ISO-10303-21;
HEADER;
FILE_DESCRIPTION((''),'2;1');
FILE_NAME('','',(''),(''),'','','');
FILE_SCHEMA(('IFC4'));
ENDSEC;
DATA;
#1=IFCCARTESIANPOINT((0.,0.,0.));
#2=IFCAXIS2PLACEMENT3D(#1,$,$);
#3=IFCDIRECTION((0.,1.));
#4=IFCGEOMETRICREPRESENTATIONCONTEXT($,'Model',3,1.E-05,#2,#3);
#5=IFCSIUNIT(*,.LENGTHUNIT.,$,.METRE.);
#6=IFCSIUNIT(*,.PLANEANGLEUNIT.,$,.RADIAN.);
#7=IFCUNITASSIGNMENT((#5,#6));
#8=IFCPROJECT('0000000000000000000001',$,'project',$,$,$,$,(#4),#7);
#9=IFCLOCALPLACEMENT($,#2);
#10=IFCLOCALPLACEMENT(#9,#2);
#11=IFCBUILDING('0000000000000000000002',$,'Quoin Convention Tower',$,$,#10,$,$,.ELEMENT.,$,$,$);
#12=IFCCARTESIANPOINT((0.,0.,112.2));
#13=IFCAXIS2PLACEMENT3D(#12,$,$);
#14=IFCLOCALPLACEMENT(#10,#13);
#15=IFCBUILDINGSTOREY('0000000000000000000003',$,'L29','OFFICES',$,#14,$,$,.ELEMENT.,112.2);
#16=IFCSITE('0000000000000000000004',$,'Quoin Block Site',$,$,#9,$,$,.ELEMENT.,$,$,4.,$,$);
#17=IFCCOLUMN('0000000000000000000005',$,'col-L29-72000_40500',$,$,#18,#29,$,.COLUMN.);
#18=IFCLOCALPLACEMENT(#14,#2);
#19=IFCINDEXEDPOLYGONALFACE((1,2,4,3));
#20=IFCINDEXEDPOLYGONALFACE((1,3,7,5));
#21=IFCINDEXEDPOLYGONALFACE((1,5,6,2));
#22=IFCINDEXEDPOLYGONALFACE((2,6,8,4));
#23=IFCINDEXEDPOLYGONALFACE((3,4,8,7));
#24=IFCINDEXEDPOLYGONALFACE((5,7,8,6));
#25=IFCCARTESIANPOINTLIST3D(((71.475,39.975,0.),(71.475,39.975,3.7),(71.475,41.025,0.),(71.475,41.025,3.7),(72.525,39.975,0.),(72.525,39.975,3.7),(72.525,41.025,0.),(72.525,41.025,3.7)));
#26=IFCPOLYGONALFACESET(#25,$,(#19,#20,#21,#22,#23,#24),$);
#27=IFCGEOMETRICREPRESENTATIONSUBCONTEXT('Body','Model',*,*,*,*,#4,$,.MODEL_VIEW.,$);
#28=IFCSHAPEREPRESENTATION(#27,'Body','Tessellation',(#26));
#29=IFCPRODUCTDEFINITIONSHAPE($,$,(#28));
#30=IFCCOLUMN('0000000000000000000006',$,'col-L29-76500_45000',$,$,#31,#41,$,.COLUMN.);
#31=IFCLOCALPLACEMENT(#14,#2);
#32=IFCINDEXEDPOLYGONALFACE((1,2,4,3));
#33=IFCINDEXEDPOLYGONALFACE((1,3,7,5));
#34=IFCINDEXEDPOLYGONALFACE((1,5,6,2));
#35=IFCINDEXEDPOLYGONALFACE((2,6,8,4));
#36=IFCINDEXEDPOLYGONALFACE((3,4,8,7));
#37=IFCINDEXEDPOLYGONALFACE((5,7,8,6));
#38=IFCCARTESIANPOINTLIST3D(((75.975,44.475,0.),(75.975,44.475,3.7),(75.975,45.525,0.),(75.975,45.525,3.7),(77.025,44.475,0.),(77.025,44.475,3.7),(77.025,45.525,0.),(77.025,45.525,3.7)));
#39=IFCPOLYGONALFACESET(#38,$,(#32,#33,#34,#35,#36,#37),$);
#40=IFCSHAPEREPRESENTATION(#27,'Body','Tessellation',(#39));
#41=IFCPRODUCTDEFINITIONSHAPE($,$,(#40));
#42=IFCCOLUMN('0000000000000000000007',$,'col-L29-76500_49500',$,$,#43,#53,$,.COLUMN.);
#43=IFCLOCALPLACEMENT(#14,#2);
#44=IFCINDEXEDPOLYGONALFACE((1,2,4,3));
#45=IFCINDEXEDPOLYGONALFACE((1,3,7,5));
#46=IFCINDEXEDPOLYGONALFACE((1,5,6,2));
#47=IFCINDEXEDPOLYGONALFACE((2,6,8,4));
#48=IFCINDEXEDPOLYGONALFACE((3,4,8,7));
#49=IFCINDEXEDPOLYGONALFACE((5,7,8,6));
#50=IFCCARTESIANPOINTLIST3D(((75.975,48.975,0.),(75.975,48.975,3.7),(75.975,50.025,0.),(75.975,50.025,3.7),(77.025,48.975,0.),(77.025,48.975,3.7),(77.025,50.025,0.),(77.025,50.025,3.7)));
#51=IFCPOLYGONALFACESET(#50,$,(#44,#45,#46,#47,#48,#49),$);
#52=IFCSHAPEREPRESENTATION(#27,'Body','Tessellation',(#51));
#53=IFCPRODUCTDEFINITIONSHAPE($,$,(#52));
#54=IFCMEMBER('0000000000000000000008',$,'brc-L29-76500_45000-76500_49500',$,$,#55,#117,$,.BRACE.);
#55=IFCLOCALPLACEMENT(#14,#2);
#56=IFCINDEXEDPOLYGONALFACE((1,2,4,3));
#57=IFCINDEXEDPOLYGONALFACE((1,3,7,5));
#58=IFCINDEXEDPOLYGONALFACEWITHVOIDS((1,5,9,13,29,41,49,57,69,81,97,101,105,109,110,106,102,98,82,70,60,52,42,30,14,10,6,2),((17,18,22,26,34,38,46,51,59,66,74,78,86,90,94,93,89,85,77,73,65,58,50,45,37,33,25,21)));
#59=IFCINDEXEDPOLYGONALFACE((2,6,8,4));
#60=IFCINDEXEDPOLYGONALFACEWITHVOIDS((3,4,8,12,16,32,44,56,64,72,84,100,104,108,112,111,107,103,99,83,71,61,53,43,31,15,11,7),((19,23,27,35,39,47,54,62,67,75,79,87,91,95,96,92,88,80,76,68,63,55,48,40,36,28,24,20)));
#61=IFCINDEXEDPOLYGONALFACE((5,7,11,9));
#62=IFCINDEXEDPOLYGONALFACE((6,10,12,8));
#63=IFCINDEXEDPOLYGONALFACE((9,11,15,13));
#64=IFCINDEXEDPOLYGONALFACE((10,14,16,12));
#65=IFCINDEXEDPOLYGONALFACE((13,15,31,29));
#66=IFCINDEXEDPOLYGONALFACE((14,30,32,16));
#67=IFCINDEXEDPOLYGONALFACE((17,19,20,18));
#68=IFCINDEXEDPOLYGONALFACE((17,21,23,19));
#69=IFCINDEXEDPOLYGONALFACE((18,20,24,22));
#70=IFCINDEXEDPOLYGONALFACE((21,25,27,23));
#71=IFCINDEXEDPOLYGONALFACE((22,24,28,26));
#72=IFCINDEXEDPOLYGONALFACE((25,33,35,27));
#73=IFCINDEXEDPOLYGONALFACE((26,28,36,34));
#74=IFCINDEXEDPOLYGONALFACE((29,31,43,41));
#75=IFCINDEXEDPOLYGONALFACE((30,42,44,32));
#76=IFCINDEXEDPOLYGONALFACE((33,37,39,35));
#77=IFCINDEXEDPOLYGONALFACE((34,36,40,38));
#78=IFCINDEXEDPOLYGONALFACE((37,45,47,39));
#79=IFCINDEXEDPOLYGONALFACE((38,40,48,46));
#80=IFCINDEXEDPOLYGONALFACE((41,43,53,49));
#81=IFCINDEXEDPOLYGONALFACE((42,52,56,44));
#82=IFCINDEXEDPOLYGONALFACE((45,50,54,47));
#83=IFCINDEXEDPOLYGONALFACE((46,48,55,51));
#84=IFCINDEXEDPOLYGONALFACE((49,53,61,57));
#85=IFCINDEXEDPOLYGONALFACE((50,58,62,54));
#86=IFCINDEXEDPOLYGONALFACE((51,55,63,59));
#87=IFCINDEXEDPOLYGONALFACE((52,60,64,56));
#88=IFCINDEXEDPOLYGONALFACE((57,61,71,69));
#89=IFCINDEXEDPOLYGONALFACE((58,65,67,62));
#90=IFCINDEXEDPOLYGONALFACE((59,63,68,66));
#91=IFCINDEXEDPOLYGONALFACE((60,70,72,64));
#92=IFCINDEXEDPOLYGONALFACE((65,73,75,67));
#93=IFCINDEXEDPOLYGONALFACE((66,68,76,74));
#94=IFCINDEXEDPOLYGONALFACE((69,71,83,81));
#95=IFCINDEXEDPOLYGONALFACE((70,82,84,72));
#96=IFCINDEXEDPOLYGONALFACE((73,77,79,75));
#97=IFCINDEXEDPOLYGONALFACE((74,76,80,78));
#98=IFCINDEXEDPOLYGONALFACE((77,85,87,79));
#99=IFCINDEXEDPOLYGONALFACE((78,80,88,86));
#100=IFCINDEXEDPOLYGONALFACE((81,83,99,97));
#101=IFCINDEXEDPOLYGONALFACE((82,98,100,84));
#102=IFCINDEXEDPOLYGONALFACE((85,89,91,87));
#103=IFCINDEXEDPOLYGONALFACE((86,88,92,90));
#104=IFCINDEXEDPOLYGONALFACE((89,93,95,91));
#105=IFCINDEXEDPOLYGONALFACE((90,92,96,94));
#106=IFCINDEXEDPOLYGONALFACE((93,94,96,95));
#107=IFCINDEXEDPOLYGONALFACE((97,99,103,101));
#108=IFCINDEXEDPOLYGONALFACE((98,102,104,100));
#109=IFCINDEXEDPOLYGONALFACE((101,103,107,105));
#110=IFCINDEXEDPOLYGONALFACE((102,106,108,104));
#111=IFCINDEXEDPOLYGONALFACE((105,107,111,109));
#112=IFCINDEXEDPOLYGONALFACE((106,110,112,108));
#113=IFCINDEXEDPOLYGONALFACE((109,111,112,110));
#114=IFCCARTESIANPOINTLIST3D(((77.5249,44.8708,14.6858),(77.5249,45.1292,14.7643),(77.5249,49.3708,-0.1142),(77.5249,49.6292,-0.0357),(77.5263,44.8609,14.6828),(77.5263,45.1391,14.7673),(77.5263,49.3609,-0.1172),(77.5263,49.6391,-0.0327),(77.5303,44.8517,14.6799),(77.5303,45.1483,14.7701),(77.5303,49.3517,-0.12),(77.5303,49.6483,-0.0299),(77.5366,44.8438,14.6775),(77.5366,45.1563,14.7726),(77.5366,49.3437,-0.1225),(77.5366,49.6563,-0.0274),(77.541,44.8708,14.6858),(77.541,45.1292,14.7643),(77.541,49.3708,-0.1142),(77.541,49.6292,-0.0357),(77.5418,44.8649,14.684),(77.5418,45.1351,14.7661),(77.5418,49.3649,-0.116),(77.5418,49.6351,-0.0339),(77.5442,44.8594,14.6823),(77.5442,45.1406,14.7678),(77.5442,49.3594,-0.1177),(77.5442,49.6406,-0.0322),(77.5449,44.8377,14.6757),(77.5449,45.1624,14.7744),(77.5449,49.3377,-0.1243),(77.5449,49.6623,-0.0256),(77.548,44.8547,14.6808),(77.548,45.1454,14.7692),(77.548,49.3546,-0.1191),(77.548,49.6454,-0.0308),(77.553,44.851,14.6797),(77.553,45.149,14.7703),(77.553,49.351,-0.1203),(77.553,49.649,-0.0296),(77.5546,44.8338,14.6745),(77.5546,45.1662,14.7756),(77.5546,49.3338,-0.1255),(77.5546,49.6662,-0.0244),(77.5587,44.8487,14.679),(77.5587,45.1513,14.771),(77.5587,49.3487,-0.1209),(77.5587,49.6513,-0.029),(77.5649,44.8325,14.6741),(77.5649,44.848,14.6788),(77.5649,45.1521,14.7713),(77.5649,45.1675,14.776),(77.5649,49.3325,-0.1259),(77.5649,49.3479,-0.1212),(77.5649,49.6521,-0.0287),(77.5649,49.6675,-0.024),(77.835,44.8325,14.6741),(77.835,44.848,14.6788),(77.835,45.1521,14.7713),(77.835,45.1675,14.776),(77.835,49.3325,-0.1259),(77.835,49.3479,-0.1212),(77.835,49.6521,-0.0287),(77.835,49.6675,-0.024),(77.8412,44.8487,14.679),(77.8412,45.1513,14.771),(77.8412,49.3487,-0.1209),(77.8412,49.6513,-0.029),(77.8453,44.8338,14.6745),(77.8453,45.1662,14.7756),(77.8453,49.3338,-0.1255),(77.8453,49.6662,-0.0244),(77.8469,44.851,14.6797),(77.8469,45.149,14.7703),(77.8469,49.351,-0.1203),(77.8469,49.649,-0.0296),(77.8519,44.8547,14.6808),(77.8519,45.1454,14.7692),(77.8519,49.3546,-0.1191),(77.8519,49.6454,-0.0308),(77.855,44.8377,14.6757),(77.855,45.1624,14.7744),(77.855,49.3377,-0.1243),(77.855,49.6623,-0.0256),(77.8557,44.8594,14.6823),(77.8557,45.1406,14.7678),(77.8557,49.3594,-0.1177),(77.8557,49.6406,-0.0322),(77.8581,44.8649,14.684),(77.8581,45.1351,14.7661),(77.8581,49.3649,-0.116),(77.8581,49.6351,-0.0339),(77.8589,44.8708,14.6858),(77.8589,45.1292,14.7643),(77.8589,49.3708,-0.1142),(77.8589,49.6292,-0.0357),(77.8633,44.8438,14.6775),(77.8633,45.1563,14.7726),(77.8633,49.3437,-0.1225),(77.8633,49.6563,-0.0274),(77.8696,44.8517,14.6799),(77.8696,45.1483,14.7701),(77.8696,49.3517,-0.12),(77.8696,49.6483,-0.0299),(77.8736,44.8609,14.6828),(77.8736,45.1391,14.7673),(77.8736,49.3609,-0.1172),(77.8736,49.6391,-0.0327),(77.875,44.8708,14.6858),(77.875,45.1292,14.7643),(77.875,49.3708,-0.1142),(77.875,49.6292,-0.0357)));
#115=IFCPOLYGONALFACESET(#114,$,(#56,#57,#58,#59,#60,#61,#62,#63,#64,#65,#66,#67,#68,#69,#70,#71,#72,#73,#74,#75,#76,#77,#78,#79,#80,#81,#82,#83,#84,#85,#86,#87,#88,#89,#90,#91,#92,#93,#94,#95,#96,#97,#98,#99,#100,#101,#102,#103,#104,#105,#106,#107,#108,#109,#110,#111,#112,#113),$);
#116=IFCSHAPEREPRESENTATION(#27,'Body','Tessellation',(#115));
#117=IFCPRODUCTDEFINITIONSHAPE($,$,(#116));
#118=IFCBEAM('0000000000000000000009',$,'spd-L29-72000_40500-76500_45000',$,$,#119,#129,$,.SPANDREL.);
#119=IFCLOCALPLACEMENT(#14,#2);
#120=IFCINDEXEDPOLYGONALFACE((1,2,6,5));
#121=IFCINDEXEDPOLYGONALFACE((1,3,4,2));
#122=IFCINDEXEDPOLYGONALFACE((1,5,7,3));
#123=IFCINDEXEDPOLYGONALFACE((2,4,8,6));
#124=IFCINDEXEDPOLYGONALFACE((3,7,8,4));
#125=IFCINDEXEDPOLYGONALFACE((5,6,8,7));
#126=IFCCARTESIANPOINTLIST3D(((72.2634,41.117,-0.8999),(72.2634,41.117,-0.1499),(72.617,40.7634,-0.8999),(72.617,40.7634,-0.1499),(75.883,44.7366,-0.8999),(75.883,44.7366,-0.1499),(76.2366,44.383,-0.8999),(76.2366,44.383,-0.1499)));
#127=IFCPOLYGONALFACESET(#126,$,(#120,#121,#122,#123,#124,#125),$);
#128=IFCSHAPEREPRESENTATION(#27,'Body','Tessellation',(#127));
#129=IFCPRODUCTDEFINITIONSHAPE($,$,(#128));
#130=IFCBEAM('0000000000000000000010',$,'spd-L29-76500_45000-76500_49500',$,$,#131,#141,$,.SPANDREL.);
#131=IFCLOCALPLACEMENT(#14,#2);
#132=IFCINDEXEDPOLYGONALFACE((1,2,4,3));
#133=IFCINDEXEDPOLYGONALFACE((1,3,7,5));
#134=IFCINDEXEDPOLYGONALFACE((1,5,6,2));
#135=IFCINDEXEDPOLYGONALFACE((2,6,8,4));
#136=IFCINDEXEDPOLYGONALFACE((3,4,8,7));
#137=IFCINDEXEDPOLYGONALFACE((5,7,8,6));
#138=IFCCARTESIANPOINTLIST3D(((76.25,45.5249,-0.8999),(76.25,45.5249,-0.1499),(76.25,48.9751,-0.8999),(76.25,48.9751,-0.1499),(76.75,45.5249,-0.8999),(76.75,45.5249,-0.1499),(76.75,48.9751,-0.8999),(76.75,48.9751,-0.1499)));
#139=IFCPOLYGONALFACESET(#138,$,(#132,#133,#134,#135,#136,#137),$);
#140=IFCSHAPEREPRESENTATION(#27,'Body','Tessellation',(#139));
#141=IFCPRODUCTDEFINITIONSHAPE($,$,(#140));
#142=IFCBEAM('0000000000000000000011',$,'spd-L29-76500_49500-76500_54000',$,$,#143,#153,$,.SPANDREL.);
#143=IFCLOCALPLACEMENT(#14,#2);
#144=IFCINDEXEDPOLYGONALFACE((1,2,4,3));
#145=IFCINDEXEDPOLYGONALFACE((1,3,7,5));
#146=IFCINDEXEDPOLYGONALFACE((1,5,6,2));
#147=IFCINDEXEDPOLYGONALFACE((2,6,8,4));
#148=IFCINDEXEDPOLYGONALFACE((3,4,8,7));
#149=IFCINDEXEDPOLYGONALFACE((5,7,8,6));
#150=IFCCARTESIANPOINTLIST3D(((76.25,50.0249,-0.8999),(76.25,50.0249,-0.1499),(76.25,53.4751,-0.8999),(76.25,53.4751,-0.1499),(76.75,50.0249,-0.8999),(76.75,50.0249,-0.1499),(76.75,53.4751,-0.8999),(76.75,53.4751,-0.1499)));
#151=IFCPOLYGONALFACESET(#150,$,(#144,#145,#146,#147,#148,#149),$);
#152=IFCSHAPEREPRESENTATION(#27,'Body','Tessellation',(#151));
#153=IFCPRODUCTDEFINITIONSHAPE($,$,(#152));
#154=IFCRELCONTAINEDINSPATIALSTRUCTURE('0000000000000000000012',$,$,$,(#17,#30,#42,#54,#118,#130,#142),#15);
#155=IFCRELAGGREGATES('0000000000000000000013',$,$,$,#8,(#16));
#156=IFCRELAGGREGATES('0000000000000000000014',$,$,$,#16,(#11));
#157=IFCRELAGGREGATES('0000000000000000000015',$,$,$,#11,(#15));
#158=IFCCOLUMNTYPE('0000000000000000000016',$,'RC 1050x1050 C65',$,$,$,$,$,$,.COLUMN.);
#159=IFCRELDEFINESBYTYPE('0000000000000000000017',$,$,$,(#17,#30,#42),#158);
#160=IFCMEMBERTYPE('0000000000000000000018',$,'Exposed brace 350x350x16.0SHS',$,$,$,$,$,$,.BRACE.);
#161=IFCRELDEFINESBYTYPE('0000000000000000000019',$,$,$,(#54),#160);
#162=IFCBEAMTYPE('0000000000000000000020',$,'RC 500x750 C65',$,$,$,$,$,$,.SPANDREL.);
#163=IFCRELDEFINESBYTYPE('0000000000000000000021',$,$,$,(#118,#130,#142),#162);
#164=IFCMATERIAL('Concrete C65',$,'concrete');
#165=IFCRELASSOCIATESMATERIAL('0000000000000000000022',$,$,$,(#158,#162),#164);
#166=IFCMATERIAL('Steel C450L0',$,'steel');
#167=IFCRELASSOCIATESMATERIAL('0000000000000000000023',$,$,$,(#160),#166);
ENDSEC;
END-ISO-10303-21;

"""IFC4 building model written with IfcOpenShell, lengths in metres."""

from ifc_helpers import new_model, si_unit, direction, frame, origin, origin_2d, place, context, subcontext, project, spatial, rectangle, hollow_rectangle, extrude, material, material_profile, profile_set, type_object, element, save


model = new_model("IFC4")

# Units and contexts
model_context = context("Model", 3, precision=1e-05, world=origin(), true_north=direction((0.0, 1.0)))
body_context = subcontext(model_context, "Body", "Model", "MODEL_VIEW")
ifc_project = project(units=[si_unit("LENGTHUNIT", "METRE"), si_unit("PLANEANGLEUNIT", "RADIAN")], contexts=[model_context])

# Site, building, storey
site_placement = place(None, origin())
site = spatial("IfcSite", under=ifc_project, at=site_placement, Name="Quoin Block Site", CompositionType="ELEMENT", RefElevation=4.0)
building_placement = place(site_placement, origin())
building = spatial("IfcBuilding", under=site, at=building_placement, Name="Quoin Convention Tower", CompositionType="ELEMENT")
storey_placement = place(building_placement, frame((0.0, 0.0, 112.2)))
storey = spatial("IfcBuildingStorey", under=building, at=storey_placement, Name="L29", Description="OFFICES", CompositionType="ELEMENT", Elevation=112.2)

# Columns
ifc_material_1 = material(Name="Concrete C65", Category="concrete")
ifc_material_profile_1 = material_profile(ifc_material_1, rectangle(XDim=1.05, YDim=1.05, at=origin_2d()), Name="RC 1050x1050")
ifc_profile_set_1 = profile_set([ifc_material_profile_1], Name="Concrete C65")
column_type = type_object("IfcColumnType", Name="RC 1050x1050 C65", PredefinedType="COLUMN", material=ifc_profile_set_1)
for number, where, z_axis, x_axis, name in (
    (1, (72.0, 40.5, 0.0), (0.0, 0.0, 1.0), (1.0, 0.0, 0.0), "col-L29-72000_40500"),
    (2, (76.5, 45.0, 0.0), (0.0, 0.0, 1.0), (1.0, 0.0, 0.0), "col-L29-76500_45000"),
    (3, (76.5, 49.5, 0.0), (0.0, 0.0, 1.0), (1.0, 0.0, 0.0), "col-L29-76500_49500"),
):
    element("IfcColumn", number, at=place(storey_placement, frame(where, z_axis=z_axis, x_axis=x_axis)), inside=storey, type_object=column_type, Name=name, PredefinedType="COLUMN", context=body_context, shape_type="SweptSolid", body=[
        extrude(rectangle(XDim=1.05, YDim=1.05, at=origin_2d()), origin(), (0.0, 0.0, 1.0), 3.7),
    ])

# Member
ifc_material_2 = material(Name="Steel C450L0", Category="steel")
ifc_material_profile_2 = material_profile(ifc_material_2, hollow_rectangle(XDim=0.3501, YDim=0.3501, WallThickness=0.0161, InnerFilletRadius=0.0239, OuterFilletRadius=0.04, at=origin_2d()), Name="350x350x16.0SHS")
ifc_profile_set_2 = profile_set([ifc_material_profile_2], Name="Steel C450L0")
member_type = type_object("IfcMemberType", Name="Exposed brace 350x350x16.0SHS", PredefinedType="BRACE", material=ifc_profile_set_2)
member_placement = place(storey_placement, frame((77.7, 49.5, -0.075), z_axis=(0.0, -0.290903, 0.956752), x_axis=(1.0, 0.0, 0.0)))
element("IfcMember", 4, at=member_placement, inside=storey, type_object=member_type, Name="brc-L29-76500_45000-76500_49500", PredefinedType="BRACE", context=body_context, shape_type="SweptSolid", body=[
    extrude(hollow_rectangle(XDim=0.3501, YDim=0.3501, WallThickness=0.0161, InnerFilletRadius=0.0239, OuterFilletRadius=0.04, at=origin_2d()), origin(), (0.0, 0.0, 1.0), 15.469),
])

# Beams
ifc_material_profile_3 = material_profile(ifc_material_1, rectangle(XDim=0.5, YDim=0.75, at=origin_2d()), Name="RC 500x750")
ifc_profile_set_3 = profile_set([ifc_material_profile_3], Name="Concrete C65")
beam_type = type_object("IfcBeamType", Name="RC 500x750 C65", PredefinedType="SPANDREL", material=ifc_profile_set_3)
beam_placement = place(storey_placement, frame((72.4402, 40.9402, -0.5249), z_axis=(0.707107, 0.707107, 0.0), x_axis=(-0.707107, 0.707107, 0.0)))
element("IfcBeam", 5, at=beam_placement, inside=storey, type_object=beam_type, Name="spd-L29-72000_40500-76500_45000", PredefinedType="SPANDREL", context=body_context, shape_type="SweptSolid", body=[
    extrude(rectangle(XDim=0.5, YDim=0.75, at=origin_2d()), origin(), (0.0, 0.0, 1.0), 5.1189),
])
for number, where, z_axis, x_axis, name in (
    (6, (76.5, 45.5249, -0.5249), (0.0, 1.0, 0.0), (-1.0, 0.0, 0.0), "spd-L29-76500_45000-76500_49500"),
    (7, (76.5, 50.0249, -0.5249), (0.0, 1.0, 0.0), (-1.0, 0.0, 0.0), "spd-L29-76500_49500-76500_54000"),
):
    element("IfcBeam", number, at=place(storey_placement, frame(where, z_axis=z_axis, x_axis=x_axis)), inside=storey, type_object=beam_type, Name=name, PredefinedType="SPANDREL", context=body_context, shape_type="SweptSolid", body=[
        extrude(rectangle(XDim=0.5, YDim=0.75, at=origin_2d()), origin(), (0.0, 0.0, 1.0), 3.4502),
    ])

save(model, "model.ifc")
